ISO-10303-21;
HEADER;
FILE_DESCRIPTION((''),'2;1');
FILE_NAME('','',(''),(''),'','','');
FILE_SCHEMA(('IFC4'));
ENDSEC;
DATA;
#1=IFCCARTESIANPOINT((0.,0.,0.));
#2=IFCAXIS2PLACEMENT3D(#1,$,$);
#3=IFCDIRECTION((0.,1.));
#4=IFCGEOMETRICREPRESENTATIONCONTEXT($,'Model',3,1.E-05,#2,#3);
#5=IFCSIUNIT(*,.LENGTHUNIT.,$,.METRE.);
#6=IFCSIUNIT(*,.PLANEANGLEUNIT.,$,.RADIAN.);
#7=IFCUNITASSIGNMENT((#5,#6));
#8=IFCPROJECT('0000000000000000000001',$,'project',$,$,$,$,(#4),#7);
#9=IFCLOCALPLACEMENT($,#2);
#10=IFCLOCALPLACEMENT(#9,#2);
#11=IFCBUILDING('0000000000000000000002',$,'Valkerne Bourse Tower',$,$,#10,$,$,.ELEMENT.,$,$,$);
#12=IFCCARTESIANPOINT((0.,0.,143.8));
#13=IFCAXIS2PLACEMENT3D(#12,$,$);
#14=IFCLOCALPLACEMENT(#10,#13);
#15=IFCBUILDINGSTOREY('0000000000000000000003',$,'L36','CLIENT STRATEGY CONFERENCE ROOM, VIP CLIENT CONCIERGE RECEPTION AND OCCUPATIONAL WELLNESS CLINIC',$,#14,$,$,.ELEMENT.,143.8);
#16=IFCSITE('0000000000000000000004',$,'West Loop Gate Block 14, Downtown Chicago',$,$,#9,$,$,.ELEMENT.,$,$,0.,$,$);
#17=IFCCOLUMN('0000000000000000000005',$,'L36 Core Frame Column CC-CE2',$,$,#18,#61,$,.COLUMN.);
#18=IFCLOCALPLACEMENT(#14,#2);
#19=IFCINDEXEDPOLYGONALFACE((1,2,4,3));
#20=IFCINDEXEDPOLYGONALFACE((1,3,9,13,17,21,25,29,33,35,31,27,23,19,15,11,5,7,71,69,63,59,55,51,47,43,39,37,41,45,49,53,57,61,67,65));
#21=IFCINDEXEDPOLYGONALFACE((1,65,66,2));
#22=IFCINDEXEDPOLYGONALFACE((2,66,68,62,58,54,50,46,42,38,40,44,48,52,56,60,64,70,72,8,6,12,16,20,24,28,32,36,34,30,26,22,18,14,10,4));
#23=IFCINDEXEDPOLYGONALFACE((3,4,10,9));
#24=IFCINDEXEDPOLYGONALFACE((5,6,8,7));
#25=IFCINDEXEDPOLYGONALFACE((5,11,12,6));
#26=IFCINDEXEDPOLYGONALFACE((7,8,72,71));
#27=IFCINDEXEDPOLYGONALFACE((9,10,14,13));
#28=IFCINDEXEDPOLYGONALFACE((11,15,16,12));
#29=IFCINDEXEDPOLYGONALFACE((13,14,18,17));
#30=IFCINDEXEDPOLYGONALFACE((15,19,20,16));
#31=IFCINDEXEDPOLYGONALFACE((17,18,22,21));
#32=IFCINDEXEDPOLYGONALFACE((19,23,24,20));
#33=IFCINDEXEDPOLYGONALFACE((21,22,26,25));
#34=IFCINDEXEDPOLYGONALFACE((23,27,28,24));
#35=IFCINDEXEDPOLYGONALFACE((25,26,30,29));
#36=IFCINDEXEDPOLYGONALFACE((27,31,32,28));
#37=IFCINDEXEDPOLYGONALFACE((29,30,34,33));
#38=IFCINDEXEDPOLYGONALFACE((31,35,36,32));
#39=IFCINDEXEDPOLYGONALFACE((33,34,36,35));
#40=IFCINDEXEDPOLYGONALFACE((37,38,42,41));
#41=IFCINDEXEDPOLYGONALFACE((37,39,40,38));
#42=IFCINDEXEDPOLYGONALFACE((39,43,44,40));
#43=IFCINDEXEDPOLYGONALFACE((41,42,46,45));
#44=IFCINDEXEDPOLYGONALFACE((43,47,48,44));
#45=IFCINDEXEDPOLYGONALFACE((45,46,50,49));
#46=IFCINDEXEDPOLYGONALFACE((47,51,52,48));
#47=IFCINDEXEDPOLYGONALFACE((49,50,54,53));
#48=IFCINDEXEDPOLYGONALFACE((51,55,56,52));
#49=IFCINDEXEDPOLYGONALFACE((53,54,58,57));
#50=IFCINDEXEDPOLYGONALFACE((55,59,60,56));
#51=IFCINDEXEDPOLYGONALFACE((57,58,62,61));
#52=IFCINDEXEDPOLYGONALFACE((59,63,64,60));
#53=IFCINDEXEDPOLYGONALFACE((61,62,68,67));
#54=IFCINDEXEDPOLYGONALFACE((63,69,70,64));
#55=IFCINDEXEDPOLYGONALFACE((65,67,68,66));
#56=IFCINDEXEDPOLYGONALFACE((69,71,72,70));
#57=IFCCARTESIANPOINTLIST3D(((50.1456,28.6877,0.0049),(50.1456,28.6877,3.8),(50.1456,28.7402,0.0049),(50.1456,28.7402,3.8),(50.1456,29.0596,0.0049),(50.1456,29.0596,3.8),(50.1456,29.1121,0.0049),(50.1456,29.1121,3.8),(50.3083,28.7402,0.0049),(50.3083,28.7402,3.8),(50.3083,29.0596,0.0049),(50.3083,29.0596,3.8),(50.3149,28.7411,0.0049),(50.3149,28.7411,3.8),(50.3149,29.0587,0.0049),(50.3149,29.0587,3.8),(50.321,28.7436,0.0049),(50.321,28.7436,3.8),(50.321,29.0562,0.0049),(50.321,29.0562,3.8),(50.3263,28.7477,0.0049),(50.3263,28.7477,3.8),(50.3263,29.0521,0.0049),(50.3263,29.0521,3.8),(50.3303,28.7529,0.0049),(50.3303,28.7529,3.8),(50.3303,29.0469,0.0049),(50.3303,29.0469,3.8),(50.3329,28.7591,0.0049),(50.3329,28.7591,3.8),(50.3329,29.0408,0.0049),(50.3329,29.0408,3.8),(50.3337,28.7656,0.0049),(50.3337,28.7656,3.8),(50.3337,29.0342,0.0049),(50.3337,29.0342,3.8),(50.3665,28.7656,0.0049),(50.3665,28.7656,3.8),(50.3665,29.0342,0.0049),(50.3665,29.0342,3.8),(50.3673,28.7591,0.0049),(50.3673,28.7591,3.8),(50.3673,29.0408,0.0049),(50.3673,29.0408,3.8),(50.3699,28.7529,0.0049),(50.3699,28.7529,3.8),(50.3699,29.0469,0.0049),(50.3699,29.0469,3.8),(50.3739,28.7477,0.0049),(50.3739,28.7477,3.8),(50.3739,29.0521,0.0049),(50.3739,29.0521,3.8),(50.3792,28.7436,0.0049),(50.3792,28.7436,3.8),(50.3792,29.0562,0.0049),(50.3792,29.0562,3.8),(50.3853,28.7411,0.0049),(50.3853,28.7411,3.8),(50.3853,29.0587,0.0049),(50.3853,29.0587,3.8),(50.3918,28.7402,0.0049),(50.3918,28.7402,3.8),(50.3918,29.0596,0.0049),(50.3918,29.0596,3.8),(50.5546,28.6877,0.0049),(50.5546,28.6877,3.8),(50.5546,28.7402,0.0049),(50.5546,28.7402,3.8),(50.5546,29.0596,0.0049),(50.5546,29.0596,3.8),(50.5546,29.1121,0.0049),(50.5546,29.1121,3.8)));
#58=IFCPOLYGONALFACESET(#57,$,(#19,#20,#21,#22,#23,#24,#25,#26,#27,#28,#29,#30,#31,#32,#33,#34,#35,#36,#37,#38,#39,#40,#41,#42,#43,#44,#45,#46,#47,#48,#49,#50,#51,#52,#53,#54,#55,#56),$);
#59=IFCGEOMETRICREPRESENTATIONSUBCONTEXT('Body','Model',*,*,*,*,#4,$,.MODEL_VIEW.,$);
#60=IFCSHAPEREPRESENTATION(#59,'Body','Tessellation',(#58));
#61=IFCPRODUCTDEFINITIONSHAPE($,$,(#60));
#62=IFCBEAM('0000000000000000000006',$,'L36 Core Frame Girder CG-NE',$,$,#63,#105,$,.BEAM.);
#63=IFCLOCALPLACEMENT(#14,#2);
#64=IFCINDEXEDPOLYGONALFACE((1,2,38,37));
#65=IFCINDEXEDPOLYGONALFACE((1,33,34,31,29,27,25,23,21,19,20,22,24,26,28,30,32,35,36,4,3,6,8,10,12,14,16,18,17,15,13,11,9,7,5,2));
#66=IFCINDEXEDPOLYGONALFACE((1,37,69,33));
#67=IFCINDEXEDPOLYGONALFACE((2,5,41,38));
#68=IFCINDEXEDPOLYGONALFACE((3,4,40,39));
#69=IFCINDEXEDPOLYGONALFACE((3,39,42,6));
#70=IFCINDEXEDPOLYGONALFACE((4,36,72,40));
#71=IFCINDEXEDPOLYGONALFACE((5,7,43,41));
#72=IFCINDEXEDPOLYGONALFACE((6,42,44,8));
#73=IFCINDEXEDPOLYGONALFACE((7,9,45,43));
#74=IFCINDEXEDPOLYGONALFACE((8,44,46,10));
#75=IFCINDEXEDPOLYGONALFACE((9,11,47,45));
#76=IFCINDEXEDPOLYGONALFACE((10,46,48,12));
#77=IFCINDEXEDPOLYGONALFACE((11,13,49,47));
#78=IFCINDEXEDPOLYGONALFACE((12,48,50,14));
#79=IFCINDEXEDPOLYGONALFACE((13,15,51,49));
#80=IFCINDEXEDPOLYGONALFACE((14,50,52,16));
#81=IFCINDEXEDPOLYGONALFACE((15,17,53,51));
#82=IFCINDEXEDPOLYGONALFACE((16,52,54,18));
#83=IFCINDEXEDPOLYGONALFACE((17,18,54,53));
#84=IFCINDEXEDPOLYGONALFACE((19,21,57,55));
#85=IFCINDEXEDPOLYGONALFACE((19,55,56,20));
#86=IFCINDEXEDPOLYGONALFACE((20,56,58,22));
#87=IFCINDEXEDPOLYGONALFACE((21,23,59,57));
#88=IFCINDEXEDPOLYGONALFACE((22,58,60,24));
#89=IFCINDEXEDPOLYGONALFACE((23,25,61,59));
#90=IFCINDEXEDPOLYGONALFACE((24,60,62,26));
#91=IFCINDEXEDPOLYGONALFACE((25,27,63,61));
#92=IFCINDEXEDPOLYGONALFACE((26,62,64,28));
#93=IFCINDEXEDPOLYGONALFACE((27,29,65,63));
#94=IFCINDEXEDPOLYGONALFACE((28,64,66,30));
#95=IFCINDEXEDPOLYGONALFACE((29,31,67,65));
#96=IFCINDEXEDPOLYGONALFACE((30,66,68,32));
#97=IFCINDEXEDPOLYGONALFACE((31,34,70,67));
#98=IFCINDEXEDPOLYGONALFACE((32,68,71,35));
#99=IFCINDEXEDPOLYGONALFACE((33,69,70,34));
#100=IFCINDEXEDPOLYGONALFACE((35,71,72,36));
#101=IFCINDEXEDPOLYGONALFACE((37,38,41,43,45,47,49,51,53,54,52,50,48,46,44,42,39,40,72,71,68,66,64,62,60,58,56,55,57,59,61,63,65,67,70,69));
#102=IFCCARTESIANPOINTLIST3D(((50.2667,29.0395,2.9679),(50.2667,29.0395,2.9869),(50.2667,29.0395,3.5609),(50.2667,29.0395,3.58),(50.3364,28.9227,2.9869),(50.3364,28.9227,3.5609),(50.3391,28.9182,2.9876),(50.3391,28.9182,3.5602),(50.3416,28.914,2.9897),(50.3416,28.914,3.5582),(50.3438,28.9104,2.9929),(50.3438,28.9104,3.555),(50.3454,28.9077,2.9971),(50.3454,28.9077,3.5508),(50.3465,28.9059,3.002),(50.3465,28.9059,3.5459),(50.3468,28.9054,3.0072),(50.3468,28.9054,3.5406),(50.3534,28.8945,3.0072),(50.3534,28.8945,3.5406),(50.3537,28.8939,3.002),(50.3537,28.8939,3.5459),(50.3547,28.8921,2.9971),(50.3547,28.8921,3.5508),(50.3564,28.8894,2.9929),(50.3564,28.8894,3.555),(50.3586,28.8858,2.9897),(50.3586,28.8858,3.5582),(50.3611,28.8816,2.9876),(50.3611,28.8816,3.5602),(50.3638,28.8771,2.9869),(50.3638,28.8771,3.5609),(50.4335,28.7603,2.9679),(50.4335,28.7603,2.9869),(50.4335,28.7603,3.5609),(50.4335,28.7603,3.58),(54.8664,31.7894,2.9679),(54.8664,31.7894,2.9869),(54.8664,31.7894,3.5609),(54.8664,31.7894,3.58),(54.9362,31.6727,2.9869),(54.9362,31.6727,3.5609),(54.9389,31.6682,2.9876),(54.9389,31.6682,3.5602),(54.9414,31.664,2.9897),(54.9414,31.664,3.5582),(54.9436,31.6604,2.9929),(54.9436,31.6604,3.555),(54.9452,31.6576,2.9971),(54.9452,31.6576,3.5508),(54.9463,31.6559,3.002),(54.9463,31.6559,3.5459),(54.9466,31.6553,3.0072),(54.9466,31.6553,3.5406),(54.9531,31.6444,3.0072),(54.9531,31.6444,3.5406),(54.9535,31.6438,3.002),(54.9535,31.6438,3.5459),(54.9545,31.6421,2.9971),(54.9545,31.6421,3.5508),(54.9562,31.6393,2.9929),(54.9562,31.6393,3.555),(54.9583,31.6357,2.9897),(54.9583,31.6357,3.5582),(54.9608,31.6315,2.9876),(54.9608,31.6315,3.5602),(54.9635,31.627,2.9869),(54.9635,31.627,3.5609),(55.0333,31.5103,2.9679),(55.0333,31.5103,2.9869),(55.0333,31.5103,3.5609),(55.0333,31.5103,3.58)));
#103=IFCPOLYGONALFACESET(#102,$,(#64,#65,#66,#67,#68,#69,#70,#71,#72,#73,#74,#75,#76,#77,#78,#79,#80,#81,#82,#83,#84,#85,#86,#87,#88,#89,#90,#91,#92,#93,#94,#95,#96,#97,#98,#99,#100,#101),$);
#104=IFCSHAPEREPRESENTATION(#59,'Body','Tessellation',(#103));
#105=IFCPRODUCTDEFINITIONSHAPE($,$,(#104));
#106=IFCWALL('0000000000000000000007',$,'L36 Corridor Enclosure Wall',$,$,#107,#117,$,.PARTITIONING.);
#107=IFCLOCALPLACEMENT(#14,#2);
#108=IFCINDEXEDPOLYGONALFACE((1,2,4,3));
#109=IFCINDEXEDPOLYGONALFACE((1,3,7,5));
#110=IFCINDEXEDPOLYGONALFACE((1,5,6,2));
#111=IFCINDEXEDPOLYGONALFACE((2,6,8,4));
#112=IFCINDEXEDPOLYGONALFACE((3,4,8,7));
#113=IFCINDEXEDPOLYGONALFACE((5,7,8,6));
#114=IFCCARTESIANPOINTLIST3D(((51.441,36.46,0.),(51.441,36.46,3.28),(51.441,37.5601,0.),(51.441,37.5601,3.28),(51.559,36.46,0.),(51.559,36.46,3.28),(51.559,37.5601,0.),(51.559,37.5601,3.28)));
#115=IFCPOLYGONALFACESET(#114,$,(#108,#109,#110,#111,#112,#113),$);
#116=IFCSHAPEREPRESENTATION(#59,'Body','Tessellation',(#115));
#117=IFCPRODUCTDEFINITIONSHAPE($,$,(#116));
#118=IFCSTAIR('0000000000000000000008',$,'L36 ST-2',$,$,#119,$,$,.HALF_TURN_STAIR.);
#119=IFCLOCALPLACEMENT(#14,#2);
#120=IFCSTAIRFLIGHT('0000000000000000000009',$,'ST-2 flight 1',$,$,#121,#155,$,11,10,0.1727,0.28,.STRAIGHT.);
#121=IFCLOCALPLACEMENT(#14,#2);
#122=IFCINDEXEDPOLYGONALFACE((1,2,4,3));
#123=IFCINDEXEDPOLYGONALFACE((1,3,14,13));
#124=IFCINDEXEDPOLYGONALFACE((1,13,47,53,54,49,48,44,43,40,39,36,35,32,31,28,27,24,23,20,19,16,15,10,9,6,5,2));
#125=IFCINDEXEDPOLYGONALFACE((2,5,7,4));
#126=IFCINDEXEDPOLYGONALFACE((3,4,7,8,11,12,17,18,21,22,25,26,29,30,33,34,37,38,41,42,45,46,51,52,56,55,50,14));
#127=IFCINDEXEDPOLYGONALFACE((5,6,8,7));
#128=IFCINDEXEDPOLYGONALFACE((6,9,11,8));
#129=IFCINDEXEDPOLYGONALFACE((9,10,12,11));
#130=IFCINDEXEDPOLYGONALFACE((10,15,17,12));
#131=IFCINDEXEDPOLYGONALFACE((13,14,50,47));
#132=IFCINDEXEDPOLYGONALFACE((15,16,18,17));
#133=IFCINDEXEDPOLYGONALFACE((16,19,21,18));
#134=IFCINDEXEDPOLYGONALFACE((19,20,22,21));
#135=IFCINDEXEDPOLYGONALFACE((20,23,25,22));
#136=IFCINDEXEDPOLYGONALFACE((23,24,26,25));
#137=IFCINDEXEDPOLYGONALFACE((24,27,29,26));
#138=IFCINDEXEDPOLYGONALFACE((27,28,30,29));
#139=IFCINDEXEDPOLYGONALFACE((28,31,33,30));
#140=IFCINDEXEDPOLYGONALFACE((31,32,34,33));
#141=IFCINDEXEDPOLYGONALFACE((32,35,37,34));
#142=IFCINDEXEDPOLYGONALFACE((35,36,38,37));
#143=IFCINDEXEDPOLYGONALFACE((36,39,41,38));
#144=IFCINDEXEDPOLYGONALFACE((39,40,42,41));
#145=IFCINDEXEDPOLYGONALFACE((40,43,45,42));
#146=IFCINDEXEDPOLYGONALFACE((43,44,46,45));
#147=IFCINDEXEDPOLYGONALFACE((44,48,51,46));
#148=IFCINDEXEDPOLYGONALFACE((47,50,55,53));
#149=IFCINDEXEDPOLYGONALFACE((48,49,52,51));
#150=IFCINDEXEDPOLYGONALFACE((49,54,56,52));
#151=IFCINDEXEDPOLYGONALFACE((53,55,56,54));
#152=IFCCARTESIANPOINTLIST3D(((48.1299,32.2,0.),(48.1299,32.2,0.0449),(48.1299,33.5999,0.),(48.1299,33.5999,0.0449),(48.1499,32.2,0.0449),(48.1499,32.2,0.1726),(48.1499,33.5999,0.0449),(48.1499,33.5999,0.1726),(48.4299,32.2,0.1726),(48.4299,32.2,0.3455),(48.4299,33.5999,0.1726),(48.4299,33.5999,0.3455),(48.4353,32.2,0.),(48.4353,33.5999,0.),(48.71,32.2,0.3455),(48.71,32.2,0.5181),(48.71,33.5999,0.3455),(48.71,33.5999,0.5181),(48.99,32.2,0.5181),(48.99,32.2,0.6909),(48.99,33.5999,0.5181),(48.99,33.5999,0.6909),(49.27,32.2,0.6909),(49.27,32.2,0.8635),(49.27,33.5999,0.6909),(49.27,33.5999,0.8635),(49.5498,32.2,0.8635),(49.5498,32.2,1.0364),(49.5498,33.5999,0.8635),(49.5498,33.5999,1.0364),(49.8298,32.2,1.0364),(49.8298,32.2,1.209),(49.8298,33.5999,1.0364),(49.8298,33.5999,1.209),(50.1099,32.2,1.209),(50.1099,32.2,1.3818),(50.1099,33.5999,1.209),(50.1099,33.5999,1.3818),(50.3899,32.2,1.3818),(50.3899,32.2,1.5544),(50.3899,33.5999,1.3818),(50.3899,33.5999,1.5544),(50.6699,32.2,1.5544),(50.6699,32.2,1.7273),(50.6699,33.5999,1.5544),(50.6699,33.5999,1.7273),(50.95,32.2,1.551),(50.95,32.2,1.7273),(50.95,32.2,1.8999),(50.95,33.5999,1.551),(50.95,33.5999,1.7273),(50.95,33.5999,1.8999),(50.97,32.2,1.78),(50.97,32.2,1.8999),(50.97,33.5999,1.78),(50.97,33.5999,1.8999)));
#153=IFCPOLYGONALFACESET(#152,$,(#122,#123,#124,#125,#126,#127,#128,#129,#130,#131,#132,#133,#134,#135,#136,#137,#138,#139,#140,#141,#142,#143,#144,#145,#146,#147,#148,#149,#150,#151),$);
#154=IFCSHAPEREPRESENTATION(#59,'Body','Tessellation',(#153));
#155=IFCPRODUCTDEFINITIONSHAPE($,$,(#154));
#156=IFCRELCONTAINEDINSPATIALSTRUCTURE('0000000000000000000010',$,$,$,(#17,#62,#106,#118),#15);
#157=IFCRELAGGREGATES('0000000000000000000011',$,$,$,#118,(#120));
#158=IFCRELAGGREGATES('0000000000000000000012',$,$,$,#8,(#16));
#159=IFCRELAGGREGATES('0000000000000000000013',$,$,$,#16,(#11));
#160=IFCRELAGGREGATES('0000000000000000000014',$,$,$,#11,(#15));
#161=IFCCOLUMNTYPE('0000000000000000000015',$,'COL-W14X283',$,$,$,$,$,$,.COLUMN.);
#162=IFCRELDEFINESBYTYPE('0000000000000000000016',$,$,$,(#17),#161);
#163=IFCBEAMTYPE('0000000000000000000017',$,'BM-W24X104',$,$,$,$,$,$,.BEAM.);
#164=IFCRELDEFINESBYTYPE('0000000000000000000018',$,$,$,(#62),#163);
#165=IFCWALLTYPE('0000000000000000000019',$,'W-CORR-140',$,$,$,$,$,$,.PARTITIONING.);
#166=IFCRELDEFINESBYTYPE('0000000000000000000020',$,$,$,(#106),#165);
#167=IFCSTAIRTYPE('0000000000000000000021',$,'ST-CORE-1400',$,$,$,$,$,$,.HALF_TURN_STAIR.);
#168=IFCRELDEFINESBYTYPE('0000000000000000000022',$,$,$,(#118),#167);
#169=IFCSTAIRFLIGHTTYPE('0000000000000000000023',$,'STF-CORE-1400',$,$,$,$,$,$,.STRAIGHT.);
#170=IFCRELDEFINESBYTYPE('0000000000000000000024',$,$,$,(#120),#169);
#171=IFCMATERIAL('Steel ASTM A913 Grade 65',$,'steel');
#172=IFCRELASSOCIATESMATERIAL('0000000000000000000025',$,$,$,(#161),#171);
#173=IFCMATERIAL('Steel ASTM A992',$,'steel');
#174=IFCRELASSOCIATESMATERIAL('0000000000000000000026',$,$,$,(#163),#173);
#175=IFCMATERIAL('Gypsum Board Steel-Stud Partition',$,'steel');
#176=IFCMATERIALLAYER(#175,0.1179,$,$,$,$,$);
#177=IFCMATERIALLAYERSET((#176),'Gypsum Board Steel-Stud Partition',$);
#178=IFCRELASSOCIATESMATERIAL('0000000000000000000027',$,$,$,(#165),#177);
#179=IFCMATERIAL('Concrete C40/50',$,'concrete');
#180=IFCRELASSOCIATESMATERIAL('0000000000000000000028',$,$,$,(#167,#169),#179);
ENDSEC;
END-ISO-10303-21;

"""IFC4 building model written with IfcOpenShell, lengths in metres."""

from ifc_helpers import new_model, si_unit, direction, frame, frame_2d, origin, origin_2d, place, context, subcontext, project, spatial, polyline, rectangle, i_section, outline, extrude, material, layer, layer_set, material_profile, profile_set, type_object, element, aggregate, save


model = new_model("IFC4")

# Units and contexts
model_context = context("Model", 3, precision=1e-05, world=origin(), true_north=direction((0.0, 1.0)))
body_context = subcontext(model_context, "Body", "Model", "MODEL_VIEW")
ifc_project = project(units=[si_unit("LENGTHUNIT", "METRE"), si_unit("PLANEANGLEUNIT", "RADIAN")], contexts=[model_context])

# Site, building, storey
site_placement = place(None, origin())
site = spatial("IfcSite", under=ifc_project, at=site_placement, Name="West Loop Gate Block 14, Downtown Chicago", CompositionType="ELEMENT", RefElevation=0.0)
building_placement = place(site_placement, origin())
building = spatial("IfcBuilding", under=site, at=building_placement, Name="Valkerne Bourse Tower", CompositionType="ELEMENT")
storey_placement = place(building_placement, frame((0.0, 0.0, 143.8)))
storey = spatial("IfcBuildingStorey", under=building, at=storey_placement, Name="L36", Description="CLIENT STRATEGY CONFERENCE ROOM, VIP CLIENT CONCIERGE RECEPTION AND OCCUPATIONAL WELLNESS CLINIC", CompositionType="ELEMENT", Elevation=143.8)

# Column
ifc_material_1 = material(Name="Steel ASTM A913 Grade 65", Category="steel")
ifc_material_profile_1 = material_profile(ifc_material_1, i_section(OverallWidth=0.4089, OverallDepth=0.4243, WebThickness=0.0327, FlangeThickness=0.0525, FilletRadius=0.0254, at=origin_2d()), Name="W14X283")
ifc_profile_set_1 = profile_set([ifc_material_profile_1], Name="Steel ASTM A913 Grade 65")
column_type = type_object("IfcColumnType", Name="COL-W14X283", PredefinedType="COLUMN", material=ifc_profile_set_1)
column_placement = place(storey_placement, frame((50.3501, 28.8999, 0.0049), z_axis=(0.0, 0.0, 1.0), x_axis=(1.0, 0.0, 0.0)))
element("IfcColumn", 1, at=column_placement, inside=storey, type_object=column_type, Name="L36 Core Frame Column CC-CE2", PredefinedType="COLUMN", context=body_context, shape_type="SweptSolid", body=[
    extrude(i_section(OverallWidth=0.4089, OverallDepth=0.4243, WebThickness=0.0327, FlangeThickness=0.0525, FilletRadius=0.0254, at=origin_2d()), origin(), (0.0, 0.0, 1.0), 3.7952),
])

# Beam
ifc_material_2 = material(Name="Steel ASTM A992", Category="steel")
ifc_material_profile_2 = material_profile(ifc_material_2, i_section(OverallWidth=0.3252, OverallDepth=0.6121, WebThickness=0.0127, FlangeThickness=0.019, FilletRadius=0.0203, at=origin_2d()), Name="W24X104")
ifc_profile_set_2 = profile_set([ifc_material_profile_2], Name="Steel ASTM A992")
beam_type = type_object("IfcBeamType", Name="BM-W24X104", PredefinedType="BEAM", material=ifc_profile_set_2)
beam_placement = place(storey_placement, frame((50.3501, 28.8999, 3.2739), z_axis=(0.858308, 0.513135, 0.0), x_axis=(-0.513135, 0.858308, 0.0)))
element("IfcBeam", 2, at=beam_placement, inside=storey, type_object=beam_type, Name="L36 Core Frame Girder CG-NE", PredefinedType="BEAM", context=body_context, shape_type="SweptSolid", body=[
    extrude(i_section(OverallWidth=0.3252, OverallDepth=0.6121, WebThickness=0.0127, FlangeThickness=0.019, FilletRadius=0.0203, at=origin_2d()), origin(), (0.0, 0.0, 1.0), 5.3591),
])

# Wall
ifc_material_3 = material(Name="Gypsum Board Steel-Stud Partition", Category="steel")
ifc_layer_1 = layer(ifc_material_3, 0.1179)
ifc_layer_set_1 = layer_set([ifc_layer_1], Name="Gypsum Board Steel-Stud Partition")
wall_type_1 = type_object("IfcWallType", Name="W-CORR-140", PredefinedType="PARTITIONING", material=ifc_layer_set_1)
wall_1_placement = place(storey_placement, frame((51.5, 37.5601, 0.0), z_axis=(0.0, 0.0, 1.0), x_axis=(0.0, -1.0, 0.0)))
element("IfcWall", 3, at=wall_1_placement, inside=storey, type_object=wall_type_1, Name="L36 Corridor Enclosure Wall", PredefinedType="PARTITIONING", context=body_context, shape_type="SweptSolid", body=[
    extrude(rectangle(XDim=1.1001, YDim=0.1179, at=frame_2d((0.55, 0.0))), origin(), (0.0, 0.0, 1.0), 3.28),
])

# Stair, stair flight
ifc_material_4 = material(Name="Concrete C40/50", Category="concrete")
stair_type = type_object("IfcStairType", Name="ST-CORE-1400", PredefinedType="HALF_TURN_STAIR", material=ifc_material_4)
stair_placement = place(storey_placement, origin())
stair = element("IfcStair", 4, at=stair_placement, inside=storey, type_object=stair_type, Name="L36 ST-2", PredefinedType="HALF_TURN_STAIR")
stair_flight_type = type_object("IfcStairFlightType", Name="STF-CORE-1400", PredefinedType="STRAIGHT", material=ifc_material_4)
stair_flight_1_placement = place(storey_placement, frame((48.1499, 32.8999, 0.0), z_axis=(0.0, 0.0, 1.0), x_axis=(1.0, 0.0, 0.0)))
stair_flight_1 = element("IfcStairFlight", 5, at=stair_flight_1_placement, type_object=stair_flight_type, Name="ST-2 flight 1", NumberOfRisers=11, NumberOfTreads=10, PredefinedType="STRAIGHT", RiserHeight=0.1727, TreadLength=0.28, context=body_context, shape_type="SweptSolid", body=[
    extrude(outline(polyline([(-0.02, 0.0), (-0.02, 0.0449), (0.0, 0.0449), (0.0, 0.1726), (0.28, 0.1726), (0.28, 0.3455), (0.5601, 0.3455), (0.5601, 0.5181), (0.8401, 0.5181), (0.8401, 0.6909), (1.1201, 0.6909), (1.1201, 0.8635), (1.3999, 0.8635), (1.3999, 1.0364), (1.6799, 1.0364), (1.6799, 1.209), (1.96, 1.209), (1.96, 1.3818), (2.24, 1.3818), (2.24, 1.5544), (2.52, 1.5544), (2.52, 1.7273), (2.8, 1.7273), (2.8, 1.8999), (2.8201, 1.8999), (2.8201, 1.78), (2.8, 1.551), (0.2854, 0.0), (-0.02, 0.0)])), frame((0.0, 0.7, 0.0), z_axis=(0.0, -1.0, 0.0), x_axis=(1.0, 0.0, 0.0)), (0.0, 0.0, 1.0), 1.3999),
])
aggregate(stair, [stair_flight_1])

save(model, "model.ifc")
